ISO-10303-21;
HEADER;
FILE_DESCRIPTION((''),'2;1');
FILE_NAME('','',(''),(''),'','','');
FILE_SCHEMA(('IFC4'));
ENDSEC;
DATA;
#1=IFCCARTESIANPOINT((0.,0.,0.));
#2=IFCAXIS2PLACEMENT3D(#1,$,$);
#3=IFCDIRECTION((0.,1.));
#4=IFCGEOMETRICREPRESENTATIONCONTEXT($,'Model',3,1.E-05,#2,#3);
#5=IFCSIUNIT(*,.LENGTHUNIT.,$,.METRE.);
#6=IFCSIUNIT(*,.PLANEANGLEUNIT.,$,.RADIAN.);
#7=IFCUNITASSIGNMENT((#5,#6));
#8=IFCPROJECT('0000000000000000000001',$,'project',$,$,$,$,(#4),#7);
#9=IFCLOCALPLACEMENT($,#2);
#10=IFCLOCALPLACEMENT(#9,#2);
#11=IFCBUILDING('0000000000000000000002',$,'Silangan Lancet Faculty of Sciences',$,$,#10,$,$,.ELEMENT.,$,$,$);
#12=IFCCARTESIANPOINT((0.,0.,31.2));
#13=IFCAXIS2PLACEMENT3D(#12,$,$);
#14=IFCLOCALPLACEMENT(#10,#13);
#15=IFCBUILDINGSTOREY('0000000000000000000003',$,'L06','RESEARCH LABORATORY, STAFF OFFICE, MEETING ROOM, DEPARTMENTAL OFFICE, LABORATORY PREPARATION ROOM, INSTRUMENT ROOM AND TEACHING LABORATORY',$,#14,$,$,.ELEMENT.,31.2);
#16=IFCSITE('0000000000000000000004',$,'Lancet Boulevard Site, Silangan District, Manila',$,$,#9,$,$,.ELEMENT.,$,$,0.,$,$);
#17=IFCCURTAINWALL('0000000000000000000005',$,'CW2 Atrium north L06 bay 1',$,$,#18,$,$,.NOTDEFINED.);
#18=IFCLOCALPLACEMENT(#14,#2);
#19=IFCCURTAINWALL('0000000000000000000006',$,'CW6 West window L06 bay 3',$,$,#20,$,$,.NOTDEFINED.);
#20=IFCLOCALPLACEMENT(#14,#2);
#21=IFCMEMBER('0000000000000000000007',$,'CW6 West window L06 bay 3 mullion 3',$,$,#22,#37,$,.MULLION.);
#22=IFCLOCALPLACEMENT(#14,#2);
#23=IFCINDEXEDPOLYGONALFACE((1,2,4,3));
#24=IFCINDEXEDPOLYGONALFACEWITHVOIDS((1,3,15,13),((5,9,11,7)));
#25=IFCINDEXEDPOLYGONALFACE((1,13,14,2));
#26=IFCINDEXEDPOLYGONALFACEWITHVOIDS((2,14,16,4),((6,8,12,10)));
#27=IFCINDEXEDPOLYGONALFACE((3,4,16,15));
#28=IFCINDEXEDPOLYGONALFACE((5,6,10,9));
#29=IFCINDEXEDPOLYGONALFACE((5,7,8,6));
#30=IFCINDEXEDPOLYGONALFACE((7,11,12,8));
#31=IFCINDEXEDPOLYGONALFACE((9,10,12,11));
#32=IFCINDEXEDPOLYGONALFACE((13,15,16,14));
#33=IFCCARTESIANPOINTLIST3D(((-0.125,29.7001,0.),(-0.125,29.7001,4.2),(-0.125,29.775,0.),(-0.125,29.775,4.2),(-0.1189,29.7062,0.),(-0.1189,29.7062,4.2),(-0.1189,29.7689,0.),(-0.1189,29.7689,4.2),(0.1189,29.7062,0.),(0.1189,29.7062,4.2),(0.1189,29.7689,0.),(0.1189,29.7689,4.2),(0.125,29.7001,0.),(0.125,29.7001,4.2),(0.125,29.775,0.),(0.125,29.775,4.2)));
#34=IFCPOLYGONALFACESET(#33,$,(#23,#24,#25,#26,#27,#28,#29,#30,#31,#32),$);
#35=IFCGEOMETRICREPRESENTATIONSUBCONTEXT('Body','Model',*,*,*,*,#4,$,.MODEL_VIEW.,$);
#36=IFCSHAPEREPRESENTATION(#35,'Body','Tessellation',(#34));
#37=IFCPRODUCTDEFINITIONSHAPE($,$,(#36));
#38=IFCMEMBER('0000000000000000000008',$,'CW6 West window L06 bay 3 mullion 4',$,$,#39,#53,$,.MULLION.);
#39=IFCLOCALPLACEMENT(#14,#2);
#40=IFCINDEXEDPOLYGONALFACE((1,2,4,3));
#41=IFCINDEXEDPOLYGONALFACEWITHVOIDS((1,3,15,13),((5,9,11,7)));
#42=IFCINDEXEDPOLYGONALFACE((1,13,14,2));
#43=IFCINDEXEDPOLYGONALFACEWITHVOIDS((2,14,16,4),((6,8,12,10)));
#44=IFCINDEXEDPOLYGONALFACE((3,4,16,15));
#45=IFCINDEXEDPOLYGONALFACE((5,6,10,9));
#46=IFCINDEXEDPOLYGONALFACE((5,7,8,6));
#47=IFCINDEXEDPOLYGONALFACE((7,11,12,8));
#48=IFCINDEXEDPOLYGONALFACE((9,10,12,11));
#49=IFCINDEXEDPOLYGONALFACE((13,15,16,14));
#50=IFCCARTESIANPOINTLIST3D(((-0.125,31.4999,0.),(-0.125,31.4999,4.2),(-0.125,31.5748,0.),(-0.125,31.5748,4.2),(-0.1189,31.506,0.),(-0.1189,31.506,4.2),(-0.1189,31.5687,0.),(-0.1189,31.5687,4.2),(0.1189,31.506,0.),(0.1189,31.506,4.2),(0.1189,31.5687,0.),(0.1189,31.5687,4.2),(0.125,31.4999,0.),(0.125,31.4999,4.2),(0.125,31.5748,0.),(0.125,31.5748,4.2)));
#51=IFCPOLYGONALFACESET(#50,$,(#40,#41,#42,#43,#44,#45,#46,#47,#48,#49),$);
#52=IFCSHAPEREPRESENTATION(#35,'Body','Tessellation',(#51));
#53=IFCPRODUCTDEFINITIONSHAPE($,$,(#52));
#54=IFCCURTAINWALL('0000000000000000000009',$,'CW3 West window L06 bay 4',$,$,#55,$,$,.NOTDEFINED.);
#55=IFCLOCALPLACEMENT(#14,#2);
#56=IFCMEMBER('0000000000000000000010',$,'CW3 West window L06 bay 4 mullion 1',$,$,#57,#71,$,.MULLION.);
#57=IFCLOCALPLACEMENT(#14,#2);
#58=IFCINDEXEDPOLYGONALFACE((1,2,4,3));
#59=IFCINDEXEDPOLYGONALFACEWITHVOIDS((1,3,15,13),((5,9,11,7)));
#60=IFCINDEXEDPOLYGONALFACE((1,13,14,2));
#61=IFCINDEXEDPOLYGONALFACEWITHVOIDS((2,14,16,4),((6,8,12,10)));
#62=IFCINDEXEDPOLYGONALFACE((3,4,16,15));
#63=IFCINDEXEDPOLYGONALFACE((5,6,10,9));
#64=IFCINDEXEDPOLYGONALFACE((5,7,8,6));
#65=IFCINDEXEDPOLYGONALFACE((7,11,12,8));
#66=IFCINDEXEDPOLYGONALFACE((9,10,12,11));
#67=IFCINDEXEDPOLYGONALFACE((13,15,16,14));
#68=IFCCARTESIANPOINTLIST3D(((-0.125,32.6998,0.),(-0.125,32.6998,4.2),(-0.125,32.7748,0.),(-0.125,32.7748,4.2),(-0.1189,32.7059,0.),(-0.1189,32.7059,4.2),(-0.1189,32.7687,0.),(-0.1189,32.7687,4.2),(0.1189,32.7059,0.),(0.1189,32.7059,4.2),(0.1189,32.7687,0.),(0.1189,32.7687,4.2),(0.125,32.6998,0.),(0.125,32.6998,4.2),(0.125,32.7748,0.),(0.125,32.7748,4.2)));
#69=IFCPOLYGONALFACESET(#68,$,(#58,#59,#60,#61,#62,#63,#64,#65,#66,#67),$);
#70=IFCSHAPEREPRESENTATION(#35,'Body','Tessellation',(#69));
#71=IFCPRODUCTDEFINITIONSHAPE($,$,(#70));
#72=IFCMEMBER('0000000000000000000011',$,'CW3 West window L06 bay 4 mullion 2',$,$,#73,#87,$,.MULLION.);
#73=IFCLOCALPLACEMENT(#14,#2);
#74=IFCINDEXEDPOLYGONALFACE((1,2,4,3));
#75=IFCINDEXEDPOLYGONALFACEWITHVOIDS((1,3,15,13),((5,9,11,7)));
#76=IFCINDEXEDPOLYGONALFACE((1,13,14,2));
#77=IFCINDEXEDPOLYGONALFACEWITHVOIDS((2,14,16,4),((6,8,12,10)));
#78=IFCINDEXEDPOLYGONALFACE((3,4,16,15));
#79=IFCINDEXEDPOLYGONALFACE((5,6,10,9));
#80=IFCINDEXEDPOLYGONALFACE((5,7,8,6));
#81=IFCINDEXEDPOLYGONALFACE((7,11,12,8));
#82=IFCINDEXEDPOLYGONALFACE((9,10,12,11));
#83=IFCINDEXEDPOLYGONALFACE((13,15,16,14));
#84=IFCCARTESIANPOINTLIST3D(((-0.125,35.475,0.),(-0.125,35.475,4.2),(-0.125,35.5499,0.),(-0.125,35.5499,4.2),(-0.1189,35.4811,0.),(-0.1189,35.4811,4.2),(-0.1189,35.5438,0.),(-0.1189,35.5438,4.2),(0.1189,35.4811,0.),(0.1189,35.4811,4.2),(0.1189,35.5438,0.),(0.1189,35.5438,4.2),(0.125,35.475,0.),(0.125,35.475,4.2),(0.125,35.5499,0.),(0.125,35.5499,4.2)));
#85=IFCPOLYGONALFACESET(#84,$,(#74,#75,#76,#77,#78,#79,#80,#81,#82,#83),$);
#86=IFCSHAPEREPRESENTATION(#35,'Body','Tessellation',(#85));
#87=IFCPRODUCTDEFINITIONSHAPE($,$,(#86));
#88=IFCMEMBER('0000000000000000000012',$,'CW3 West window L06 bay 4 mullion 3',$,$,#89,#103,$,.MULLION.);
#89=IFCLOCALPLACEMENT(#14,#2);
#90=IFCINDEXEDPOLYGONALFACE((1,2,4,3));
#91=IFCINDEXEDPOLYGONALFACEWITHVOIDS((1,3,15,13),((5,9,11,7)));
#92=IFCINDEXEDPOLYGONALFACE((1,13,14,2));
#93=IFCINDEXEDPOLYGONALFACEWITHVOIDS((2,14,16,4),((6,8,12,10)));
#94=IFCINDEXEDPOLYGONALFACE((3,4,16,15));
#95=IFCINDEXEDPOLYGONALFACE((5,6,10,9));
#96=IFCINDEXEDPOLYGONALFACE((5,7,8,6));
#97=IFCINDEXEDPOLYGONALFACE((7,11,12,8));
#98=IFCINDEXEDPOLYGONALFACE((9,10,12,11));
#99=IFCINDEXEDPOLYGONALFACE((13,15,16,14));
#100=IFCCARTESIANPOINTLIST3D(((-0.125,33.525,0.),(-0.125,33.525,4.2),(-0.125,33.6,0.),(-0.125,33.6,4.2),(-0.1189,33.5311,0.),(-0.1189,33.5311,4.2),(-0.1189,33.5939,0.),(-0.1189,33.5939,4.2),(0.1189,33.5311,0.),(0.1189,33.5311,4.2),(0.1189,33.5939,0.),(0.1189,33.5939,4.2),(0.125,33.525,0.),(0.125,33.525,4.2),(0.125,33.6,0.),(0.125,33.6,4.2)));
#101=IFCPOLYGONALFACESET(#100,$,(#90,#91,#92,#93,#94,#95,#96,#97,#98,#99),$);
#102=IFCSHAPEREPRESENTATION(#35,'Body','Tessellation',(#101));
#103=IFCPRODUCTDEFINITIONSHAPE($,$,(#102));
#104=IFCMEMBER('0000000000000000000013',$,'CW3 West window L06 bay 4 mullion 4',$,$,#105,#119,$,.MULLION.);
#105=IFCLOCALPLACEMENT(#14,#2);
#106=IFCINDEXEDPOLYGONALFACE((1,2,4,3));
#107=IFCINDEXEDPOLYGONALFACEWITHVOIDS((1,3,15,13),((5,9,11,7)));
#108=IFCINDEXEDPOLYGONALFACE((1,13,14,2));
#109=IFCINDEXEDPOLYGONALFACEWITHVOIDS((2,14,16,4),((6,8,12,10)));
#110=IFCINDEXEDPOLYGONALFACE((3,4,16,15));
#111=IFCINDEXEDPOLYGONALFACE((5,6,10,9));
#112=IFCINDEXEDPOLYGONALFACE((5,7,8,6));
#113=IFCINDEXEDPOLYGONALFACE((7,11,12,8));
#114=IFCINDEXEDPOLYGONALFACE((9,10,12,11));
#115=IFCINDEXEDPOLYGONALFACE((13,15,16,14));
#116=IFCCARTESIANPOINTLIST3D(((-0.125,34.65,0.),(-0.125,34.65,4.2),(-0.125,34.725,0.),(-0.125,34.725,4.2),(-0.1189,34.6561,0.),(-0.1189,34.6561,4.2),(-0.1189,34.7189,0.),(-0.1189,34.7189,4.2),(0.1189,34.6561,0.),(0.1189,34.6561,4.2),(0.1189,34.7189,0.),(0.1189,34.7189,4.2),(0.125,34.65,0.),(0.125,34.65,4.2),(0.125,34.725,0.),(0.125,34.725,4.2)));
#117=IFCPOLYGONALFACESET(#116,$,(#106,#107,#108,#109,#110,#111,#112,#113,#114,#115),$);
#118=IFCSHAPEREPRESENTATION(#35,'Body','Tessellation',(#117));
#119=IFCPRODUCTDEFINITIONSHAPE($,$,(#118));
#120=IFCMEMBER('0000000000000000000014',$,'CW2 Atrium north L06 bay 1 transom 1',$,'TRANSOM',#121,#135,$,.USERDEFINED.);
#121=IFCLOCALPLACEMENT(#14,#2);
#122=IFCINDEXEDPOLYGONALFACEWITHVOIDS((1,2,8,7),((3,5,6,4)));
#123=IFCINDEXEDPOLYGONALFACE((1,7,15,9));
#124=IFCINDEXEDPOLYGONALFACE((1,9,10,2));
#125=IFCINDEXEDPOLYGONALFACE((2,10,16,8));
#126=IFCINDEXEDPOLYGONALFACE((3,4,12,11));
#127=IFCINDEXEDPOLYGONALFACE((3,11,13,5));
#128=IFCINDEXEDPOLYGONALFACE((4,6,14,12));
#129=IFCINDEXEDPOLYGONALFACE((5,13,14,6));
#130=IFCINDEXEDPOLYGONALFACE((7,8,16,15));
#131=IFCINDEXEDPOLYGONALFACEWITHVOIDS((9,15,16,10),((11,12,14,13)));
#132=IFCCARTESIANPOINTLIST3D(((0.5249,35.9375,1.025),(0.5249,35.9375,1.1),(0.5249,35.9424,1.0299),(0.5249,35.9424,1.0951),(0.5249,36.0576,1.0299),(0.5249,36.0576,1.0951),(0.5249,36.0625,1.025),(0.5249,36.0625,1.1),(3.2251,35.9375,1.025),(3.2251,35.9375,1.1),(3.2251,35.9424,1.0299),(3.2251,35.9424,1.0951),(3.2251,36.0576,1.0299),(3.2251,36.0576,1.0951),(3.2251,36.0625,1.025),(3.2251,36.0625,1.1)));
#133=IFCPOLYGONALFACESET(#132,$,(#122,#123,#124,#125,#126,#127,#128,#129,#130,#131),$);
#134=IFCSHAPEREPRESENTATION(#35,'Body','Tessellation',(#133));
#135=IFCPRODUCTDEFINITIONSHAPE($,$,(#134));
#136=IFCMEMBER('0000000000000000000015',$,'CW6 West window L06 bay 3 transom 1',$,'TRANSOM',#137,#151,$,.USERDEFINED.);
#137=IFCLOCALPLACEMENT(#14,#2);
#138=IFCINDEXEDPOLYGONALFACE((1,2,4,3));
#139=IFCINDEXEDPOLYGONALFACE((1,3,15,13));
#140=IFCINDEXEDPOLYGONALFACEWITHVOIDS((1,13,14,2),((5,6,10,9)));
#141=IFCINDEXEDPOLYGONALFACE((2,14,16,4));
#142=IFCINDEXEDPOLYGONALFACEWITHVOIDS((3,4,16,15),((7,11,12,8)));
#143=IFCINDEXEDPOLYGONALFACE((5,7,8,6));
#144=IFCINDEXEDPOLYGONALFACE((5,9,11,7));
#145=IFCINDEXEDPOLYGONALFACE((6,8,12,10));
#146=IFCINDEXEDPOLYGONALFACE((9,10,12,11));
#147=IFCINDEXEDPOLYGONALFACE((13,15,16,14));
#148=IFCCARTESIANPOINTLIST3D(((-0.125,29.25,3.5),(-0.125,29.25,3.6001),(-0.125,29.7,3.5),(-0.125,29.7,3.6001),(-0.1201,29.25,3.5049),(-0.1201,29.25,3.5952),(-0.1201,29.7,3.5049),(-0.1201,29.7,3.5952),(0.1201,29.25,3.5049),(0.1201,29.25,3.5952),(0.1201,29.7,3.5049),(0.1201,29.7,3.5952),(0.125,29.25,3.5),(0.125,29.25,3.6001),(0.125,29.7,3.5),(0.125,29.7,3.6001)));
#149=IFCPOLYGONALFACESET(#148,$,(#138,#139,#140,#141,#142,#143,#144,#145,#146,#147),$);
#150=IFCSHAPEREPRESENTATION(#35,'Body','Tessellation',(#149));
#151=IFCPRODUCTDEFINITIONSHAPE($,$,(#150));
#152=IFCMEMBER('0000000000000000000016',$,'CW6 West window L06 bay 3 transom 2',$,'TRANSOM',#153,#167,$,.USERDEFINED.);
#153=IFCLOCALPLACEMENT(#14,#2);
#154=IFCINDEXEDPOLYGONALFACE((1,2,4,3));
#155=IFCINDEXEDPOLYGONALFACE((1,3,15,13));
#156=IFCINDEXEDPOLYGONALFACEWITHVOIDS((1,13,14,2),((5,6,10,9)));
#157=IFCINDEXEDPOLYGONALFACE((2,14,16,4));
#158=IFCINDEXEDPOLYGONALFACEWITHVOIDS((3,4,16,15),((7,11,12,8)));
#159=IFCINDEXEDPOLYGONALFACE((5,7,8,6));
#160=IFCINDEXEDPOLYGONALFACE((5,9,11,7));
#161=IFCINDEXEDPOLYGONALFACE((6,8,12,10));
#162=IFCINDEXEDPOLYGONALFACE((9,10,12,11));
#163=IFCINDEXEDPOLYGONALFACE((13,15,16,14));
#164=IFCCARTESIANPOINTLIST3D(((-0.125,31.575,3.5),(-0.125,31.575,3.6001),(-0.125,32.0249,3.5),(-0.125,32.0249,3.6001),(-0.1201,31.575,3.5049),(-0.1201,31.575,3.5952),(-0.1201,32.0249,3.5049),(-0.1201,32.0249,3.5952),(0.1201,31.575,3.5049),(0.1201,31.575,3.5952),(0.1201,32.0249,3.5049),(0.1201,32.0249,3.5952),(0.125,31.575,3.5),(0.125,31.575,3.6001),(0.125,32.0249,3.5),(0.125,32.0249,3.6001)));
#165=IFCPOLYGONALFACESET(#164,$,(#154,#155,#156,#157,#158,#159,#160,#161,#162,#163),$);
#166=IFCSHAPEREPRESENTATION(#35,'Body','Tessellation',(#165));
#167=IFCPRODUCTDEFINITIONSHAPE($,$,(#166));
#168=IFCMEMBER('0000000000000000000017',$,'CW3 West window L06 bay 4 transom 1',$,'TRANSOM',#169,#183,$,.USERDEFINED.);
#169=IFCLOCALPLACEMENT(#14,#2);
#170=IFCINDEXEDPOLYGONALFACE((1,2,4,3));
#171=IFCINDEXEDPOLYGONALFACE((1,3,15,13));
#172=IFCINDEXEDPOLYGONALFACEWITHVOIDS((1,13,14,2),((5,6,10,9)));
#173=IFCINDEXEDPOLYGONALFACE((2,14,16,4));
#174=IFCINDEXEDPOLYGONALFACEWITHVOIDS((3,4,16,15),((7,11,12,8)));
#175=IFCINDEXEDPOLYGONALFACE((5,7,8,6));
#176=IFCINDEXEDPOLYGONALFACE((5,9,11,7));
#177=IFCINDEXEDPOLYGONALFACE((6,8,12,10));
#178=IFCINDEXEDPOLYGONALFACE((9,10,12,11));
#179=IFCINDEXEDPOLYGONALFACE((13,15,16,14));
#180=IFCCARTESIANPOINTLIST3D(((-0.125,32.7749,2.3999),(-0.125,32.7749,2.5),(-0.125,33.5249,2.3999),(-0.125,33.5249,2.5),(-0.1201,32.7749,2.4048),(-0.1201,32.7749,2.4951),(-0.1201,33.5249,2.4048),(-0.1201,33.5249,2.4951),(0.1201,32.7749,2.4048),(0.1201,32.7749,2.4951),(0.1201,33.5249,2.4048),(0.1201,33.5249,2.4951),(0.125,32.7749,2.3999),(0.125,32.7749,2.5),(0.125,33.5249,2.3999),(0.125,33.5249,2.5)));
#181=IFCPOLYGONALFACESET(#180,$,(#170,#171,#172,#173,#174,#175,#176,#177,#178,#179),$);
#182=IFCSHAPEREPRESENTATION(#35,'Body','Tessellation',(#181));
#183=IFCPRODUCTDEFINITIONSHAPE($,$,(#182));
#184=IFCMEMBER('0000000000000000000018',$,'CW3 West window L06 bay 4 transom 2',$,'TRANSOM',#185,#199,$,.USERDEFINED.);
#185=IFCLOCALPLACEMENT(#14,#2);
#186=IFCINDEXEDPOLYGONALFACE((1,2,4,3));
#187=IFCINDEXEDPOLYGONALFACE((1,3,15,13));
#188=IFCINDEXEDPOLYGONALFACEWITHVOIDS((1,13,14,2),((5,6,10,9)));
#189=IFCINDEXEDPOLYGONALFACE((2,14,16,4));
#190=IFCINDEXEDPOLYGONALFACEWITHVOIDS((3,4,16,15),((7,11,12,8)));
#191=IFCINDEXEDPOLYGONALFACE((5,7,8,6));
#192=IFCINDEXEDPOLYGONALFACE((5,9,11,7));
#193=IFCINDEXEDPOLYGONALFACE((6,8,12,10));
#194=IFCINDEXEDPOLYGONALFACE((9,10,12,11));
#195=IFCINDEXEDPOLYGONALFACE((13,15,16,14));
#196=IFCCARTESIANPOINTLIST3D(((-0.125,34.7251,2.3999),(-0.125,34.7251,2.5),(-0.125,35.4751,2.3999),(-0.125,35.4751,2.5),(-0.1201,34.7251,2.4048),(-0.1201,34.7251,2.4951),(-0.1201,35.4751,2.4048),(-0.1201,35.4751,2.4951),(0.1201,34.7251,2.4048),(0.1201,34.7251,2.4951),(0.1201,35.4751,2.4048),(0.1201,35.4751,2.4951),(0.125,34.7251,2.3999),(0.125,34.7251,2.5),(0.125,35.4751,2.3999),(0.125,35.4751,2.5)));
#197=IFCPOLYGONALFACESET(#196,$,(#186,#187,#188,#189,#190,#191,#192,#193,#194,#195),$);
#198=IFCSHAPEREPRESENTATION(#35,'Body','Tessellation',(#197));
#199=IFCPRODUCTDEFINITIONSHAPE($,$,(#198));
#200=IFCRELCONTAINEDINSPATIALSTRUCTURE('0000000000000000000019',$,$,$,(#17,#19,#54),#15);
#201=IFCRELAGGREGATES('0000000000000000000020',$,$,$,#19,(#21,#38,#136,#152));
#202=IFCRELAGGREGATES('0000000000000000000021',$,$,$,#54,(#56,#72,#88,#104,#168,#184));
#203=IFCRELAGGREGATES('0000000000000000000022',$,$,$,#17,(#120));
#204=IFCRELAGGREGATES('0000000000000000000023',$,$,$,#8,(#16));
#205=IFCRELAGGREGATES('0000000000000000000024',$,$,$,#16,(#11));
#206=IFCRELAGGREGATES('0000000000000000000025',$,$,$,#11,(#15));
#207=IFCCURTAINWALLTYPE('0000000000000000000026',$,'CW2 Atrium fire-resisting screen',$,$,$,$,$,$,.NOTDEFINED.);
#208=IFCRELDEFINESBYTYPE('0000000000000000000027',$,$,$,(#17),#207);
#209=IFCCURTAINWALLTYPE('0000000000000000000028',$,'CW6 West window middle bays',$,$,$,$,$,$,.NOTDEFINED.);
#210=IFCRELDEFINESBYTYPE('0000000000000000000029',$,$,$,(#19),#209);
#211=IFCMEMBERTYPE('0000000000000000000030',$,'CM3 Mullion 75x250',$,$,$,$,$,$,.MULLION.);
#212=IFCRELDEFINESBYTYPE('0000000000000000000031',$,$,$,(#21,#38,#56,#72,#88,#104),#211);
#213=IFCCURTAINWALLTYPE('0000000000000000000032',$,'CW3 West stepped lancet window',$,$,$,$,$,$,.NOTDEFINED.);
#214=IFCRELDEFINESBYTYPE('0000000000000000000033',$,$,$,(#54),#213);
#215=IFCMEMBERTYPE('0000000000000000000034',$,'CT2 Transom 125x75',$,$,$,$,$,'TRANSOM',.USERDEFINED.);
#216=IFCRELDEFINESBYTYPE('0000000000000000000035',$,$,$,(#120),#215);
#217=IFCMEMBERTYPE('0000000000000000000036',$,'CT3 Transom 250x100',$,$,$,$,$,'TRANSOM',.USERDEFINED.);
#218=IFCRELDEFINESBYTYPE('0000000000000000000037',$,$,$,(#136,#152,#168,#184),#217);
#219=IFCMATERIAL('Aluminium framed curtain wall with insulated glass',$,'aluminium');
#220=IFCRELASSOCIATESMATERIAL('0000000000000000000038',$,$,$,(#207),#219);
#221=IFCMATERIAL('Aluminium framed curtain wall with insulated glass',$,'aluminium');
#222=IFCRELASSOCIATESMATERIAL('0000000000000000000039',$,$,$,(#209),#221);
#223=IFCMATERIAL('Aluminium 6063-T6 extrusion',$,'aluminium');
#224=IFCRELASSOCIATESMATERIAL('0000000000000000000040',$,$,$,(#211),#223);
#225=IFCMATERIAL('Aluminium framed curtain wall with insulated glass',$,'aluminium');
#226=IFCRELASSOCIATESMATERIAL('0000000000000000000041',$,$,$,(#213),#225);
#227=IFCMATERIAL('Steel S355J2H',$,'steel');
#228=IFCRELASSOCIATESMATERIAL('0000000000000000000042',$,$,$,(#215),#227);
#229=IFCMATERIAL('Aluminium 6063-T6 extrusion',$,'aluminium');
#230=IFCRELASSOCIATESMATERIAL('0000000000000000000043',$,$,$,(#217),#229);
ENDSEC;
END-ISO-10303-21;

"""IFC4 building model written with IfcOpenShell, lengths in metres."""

from ifc_helpers import new_model, si_unit, direction, frame, origin, origin_2d, place, context, subcontext, project, spatial, hollow_rectangle, extrude, material, material_profile, profile_set, type_object, element, aggregate, save


model = new_model("IFC4")

# Units and contexts
model_context = context("Model", 3, precision=1e-05, world=origin(), true_north=direction((0.0, 1.0)))
body_context = subcontext(model_context, "Body", "Model", "MODEL_VIEW")
ifc_project = project(units=[si_unit("LENGTHUNIT", "METRE"), si_unit("PLANEANGLEUNIT", "RADIAN")], contexts=[model_context])

# Site, building, storey
site_placement = place(None, origin())
site = spatial("IfcSite", under=ifc_project, at=site_placement, Name="Lancet Boulevard Site, Silangan District, Manila", CompositionType="ELEMENT", RefElevation=0.0)
building_placement = place(site_placement, origin())
building = spatial("IfcBuilding", under=site, at=building_placement, Name="Silangan Lancet Faculty of Sciences", CompositionType="ELEMENT")
storey_placement = place(building_placement, frame((0.0, 0.0, 31.2)))
storey = spatial("IfcBuildingStorey", under=building, at=storey_placement, Name="L06", Description="RESEARCH LABORATORY, STAFF OFFICE, MEETING ROOM, DEPARTMENTAL OFFICE, LABORATORY PREPARATION ROOM, INSTRUMENT ROOM AND TEACHING LABORATORY", CompositionType="ELEMENT", Elevation=31.2)

# Curtain wall
ifc_material_1 = material(Name="Aluminium framed curtain wall with insulated glass", Category="aluminium")
curtain_wall_type_1 = type_object("IfcCurtainWallType", Name="CW2 Atrium fire-resisting screen", PredefinedType="NOTDEFINED", material=ifc_material_1)
curtain_wall_1_placement = place(storey_placement, origin())
curtain_wall_1 = element("IfcCurtainWall", 1, at=curtain_wall_1_placement, inside=storey, type_object=curtain_wall_type_1, Name="CW2 Atrium north L06 bay 1", PredefinedType="NOTDEFINED")

# Shared definitions
ifc_material_2 = material(Name="Aluminium framed curtain wall with insulated glass", Category="aluminium")
curtain_wall_type_2 = type_object("IfcCurtainWallType", Name="CW6 West window middle bays", PredefinedType="NOTDEFINED", material=ifc_material_2)
ifc_material_3 = material(Name="Aluminium 6063-T6 extrusion", Category="aluminium")
ifc_material_profile_1 = material_profile(ifc_material_3, hollow_rectangle(XDim=0.075, YDim=0.25, WallThickness=0.0061, at=origin_2d()), Name="AL BOX 75x250x6")
ifc_profile_set_1 = profile_set([ifc_material_profile_1], Name="Aluminium 6063-T6 extrusion")
member_type_1 = type_object("IfcMemberType", Name="CM3 Mullion 75x250", PredefinedType="MULLION", material=ifc_profile_set_1)

# Curtain walls, members
curtain_wall_2_placement = place(storey_placement, origin())
curtain_wall_2 = element("IfcCurtainWall", 2, at=curtain_wall_2_placement, inside=storey, type_object=curtain_wall_type_2, Name="CW6 West window L06 bay 3", PredefinedType="NOTDEFINED")
member_1_placement = place(storey_placement, frame((0.0, 29.7375, 0.0), z_axis=(0.0, 0.0, 1.0), x_axis=(0.0, 1.0, 0.0)))
member_1 = element("IfcMember", 3, at=member_1_placement, type_object=member_type_1, Name="CW6 West window L06 bay 3 mullion 3", PredefinedType="MULLION", context=body_context, shape_type="SweptSolid", body=[
    extrude(hollow_rectangle(XDim=0.075, YDim=0.25, WallThickness=0.0061, at=origin_2d()), origin(), (0.0, 0.0, 1.0), 4.2),
])
member_2_placement = place(storey_placement, frame((0.0, 31.5374, 0.0), z_axis=(0.0, 0.0, 1.0), x_axis=(0.0, 1.0, 0.0)))
member_2 = element("IfcMember", 4, at=member_2_placement, type_object=member_type_1, Name="CW6 West window L06 bay 3 mullion 4", PredefinedType="MULLION", context=body_context, shape_type="SweptSolid", body=[
    extrude(hollow_rectangle(XDim=0.075, YDim=0.25, WallThickness=0.0061, at=origin_2d()), origin(), (0.0, 0.0, 1.0), 4.2),
])
ifc_material_4 = material(Name="Aluminium framed curtain wall with insulated glass", Category="aluminium")
curtain_wall_type_3 = type_object("IfcCurtainWallType", Name="CW3 West stepped lancet window", PredefinedType="NOTDEFINED", material=ifc_material_4)
curtain_wall_3_placement = place(storey_placement, origin())
curtain_wall_3 = element("IfcCurtainWall", 5, at=curtain_wall_3_placement, inside=storey, type_object=curtain_wall_type_3, Name="CW3 West window L06 bay 4", PredefinedType="NOTDEFINED")
member_3_placement = place(storey_placement, frame((0.0, 32.7373, 0.0), z_axis=(0.0, 0.0, 1.0), x_axis=(0.0, 1.0, 0.0)))
member_3 = element("IfcMember", 6, at=member_3_placement, type_object=member_type_1, Name="CW3 West window L06 bay 4 mullion 1", PredefinedType="MULLION", context=body_context, shape_type="SweptSolid", body=[
    extrude(hollow_rectangle(XDim=0.075, YDim=0.25, WallThickness=0.0061, at=origin_2d()), origin(), (0.0, 0.0, 1.0), 4.2),
])
member_4_placement = place(storey_placement, frame((0.0, 35.5125, 0.0), z_axis=(0.0, 0.0, 1.0), x_axis=(0.0, 1.0, 0.0)))
member_4 = element("IfcMember", 7, at=member_4_placement, type_object=member_type_1, Name="CW3 West window L06 bay 4 mullion 2", PredefinedType="MULLION", context=body_context, shape_type="SweptSolid", body=[
    extrude(hollow_rectangle(XDim=0.075, YDim=0.25, WallThickness=0.0061, at=origin_2d()), origin(), (0.0, 0.0, 1.0), 4.2),
])
member_5_placement = place(storey_placement, frame((0.0, 33.5625, 0.0), z_axis=(0.0, 0.0, 1.0), x_axis=(0.0, 1.0, 0.0)))
member_5 = element("IfcMember", 8, at=member_5_placement, type_object=member_type_1, Name="CW3 West window L06 bay 4 mullion 3", PredefinedType="MULLION", context=body_context, shape_type="SweptSolid", body=[
    extrude(hollow_rectangle(XDim=0.075, YDim=0.25, WallThickness=0.0061, at=origin_2d()), origin(), (0.0, 0.0, 1.0), 4.2),
])
member_6_placement = place(storey_placement, frame((0.0, 34.6875, 0.0), z_axis=(0.0, 0.0, 1.0), x_axis=(0.0, 1.0, 0.0)))
member_6 = element("IfcMember", 9, at=member_6_placement, type_object=member_type_1, Name="CW3 West window L06 bay 4 mullion 4", PredefinedType="MULLION", context=body_context, shape_type="SweptSolid", body=[
    extrude(hollow_rectangle(XDim=0.075, YDim=0.25, WallThickness=0.0061, at=origin_2d()), origin(), (0.0, 0.0, 1.0), 4.2),
])

# Members
ifc_material_5 = material(Name="Steel S355J2H", Category="steel")
ifc_material_profile_2 = material_profile(ifc_material_5, hollow_rectangle(XDim=0.125, YDim=0.075, WallThickness=0.0049, at=origin_2d()), Name="ST BOX 125x75x5")
ifc_profile_set_2 = profile_set([ifc_material_profile_2], Name="Steel S355J2H")
member_type_2 = type_object("IfcMemberType", Name="CT2 Transom 125x75", ElementType="TRANSOM", PredefinedType="USERDEFINED", material=ifc_profile_set_2)
member_7_placement = place(storey_placement, frame((0.5249, 36.0, 1.0625), z_axis=(1.0, 0.0, 0.0), x_axis=(0.0, 1.0, 0.0)))
member_7 = element("IfcMember", 10, at=member_7_placement, type_object=member_type_2, Name="CW2 Atrium north L06 bay 1 transom 1", ObjectType="TRANSOM", PredefinedType="USERDEFINED", context=body_context, shape_type="SweptSolid", body=[
    extrude(hollow_rectangle(XDim=0.125, YDim=0.075, WallThickness=0.0049, at=origin_2d()), origin(), (0.0, 0.0, 1.0), 2.7002),
])
ifc_material_6 = material(Name="Aluminium 6063-T6 extrusion", Category="aluminium")
ifc_material_profile_3 = material_profile(ifc_material_6, hollow_rectangle(XDim=0.25, YDim=0.1001, WallThickness=0.0049, at=origin_2d()), Name="AL BOX 250x100x5")
ifc_profile_set_3 = profile_set([ifc_material_profile_3], Name="Aluminium 6063-T6 extrusion")
member_type_3 = type_object("IfcMemberType", Name="CT3 Transom 250x100", ElementType="TRANSOM", PredefinedType="USERDEFINED", material=ifc_profile_set_3)
member_8_placement = place(storey_placement, frame((0.0, 29.25, 3.55), z_axis=(0.0, 1.0, 0.0), x_axis=(-1.0, 0.0, 0.0)))
member_8 = element("IfcMember", 11, at=member_8_placement, type_object=member_type_3, Name="CW6 West window L06 bay 3 transom 1", ObjectType="TRANSOM", PredefinedType="USERDEFINED", context=body_context, shape_type="SweptSolid", body=[
    extrude(hollow_rectangle(XDim=0.25, YDim=0.1001, WallThickness=0.0049, at=origin_2d()), origin(), (0.0, 0.0, 1.0), 0.45),
])
member_9_placement = place(storey_placement, frame((0.0, 31.575, 3.55), z_axis=(0.0, 1.0, 0.0), x_axis=(-1.0, 0.0, 0.0)))
member_9 = element("IfcMember", 12, at=member_9_placement, type_object=member_type_3, Name="CW6 West window L06 bay 3 transom 2", ObjectType="TRANSOM", PredefinedType="USERDEFINED", context=body_context, shape_type="SweptSolid", body=[
    extrude(hollow_rectangle(XDim=0.25, YDim=0.1001, WallThickness=0.0049, at=origin_2d()), origin(), (0.0, 0.0, 1.0), 0.45),
])
member_10_placement = place(storey_placement, frame((0.0, 32.7749, 2.45), z_axis=(0.0, 1.0, 0.0), x_axis=(-1.0, 0.0, 0.0)))
member_10 = element("IfcMember", 13, at=member_10_placement, type_object=member_type_3, Name="CW3 West window L06 bay 4 transom 1", ObjectType="TRANSOM", PredefinedType="USERDEFINED", context=body_context, shape_type="SweptSolid", body=[
    extrude(hollow_rectangle(XDim=0.25, YDim=0.1001, WallThickness=0.0049, at=origin_2d()), origin(), (0.0, 0.0, 1.0), 0.75),
])
member_11_placement = place(storey_placement, frame((0.0, 34.7251, 2.45), z_axis=(0.0, 1.0, 0.0), x_axis=(-1.0, 0.0, 0.0)))
member_11 = element("IfcMember", 14, at=member_11_placement, type_object=member_type_3, Name="CW3 West window L06 bay 4 transom 2", ObjectType="TRANSOM", PredefinedType="USERDEFINED", context=body_context, shape_type="SweptSolid", body=[
    extrude(hollow_rectangle(XDim=0.25, YDim=0.1001, WallThickness=0.0049, at=origin_2d()), origin(), (0.0, 0.0, 1.0), 0.75),
])

aggregate(curtain_wall_2, [member_1, member_2, member_8, member_9])
aggregate(curtain_wall_3, [member_3, member_4, member_5, member_6, member_10, member_11])
aggregate(curtain_wall_1, [member_7])

save(model, "model.ifc")
